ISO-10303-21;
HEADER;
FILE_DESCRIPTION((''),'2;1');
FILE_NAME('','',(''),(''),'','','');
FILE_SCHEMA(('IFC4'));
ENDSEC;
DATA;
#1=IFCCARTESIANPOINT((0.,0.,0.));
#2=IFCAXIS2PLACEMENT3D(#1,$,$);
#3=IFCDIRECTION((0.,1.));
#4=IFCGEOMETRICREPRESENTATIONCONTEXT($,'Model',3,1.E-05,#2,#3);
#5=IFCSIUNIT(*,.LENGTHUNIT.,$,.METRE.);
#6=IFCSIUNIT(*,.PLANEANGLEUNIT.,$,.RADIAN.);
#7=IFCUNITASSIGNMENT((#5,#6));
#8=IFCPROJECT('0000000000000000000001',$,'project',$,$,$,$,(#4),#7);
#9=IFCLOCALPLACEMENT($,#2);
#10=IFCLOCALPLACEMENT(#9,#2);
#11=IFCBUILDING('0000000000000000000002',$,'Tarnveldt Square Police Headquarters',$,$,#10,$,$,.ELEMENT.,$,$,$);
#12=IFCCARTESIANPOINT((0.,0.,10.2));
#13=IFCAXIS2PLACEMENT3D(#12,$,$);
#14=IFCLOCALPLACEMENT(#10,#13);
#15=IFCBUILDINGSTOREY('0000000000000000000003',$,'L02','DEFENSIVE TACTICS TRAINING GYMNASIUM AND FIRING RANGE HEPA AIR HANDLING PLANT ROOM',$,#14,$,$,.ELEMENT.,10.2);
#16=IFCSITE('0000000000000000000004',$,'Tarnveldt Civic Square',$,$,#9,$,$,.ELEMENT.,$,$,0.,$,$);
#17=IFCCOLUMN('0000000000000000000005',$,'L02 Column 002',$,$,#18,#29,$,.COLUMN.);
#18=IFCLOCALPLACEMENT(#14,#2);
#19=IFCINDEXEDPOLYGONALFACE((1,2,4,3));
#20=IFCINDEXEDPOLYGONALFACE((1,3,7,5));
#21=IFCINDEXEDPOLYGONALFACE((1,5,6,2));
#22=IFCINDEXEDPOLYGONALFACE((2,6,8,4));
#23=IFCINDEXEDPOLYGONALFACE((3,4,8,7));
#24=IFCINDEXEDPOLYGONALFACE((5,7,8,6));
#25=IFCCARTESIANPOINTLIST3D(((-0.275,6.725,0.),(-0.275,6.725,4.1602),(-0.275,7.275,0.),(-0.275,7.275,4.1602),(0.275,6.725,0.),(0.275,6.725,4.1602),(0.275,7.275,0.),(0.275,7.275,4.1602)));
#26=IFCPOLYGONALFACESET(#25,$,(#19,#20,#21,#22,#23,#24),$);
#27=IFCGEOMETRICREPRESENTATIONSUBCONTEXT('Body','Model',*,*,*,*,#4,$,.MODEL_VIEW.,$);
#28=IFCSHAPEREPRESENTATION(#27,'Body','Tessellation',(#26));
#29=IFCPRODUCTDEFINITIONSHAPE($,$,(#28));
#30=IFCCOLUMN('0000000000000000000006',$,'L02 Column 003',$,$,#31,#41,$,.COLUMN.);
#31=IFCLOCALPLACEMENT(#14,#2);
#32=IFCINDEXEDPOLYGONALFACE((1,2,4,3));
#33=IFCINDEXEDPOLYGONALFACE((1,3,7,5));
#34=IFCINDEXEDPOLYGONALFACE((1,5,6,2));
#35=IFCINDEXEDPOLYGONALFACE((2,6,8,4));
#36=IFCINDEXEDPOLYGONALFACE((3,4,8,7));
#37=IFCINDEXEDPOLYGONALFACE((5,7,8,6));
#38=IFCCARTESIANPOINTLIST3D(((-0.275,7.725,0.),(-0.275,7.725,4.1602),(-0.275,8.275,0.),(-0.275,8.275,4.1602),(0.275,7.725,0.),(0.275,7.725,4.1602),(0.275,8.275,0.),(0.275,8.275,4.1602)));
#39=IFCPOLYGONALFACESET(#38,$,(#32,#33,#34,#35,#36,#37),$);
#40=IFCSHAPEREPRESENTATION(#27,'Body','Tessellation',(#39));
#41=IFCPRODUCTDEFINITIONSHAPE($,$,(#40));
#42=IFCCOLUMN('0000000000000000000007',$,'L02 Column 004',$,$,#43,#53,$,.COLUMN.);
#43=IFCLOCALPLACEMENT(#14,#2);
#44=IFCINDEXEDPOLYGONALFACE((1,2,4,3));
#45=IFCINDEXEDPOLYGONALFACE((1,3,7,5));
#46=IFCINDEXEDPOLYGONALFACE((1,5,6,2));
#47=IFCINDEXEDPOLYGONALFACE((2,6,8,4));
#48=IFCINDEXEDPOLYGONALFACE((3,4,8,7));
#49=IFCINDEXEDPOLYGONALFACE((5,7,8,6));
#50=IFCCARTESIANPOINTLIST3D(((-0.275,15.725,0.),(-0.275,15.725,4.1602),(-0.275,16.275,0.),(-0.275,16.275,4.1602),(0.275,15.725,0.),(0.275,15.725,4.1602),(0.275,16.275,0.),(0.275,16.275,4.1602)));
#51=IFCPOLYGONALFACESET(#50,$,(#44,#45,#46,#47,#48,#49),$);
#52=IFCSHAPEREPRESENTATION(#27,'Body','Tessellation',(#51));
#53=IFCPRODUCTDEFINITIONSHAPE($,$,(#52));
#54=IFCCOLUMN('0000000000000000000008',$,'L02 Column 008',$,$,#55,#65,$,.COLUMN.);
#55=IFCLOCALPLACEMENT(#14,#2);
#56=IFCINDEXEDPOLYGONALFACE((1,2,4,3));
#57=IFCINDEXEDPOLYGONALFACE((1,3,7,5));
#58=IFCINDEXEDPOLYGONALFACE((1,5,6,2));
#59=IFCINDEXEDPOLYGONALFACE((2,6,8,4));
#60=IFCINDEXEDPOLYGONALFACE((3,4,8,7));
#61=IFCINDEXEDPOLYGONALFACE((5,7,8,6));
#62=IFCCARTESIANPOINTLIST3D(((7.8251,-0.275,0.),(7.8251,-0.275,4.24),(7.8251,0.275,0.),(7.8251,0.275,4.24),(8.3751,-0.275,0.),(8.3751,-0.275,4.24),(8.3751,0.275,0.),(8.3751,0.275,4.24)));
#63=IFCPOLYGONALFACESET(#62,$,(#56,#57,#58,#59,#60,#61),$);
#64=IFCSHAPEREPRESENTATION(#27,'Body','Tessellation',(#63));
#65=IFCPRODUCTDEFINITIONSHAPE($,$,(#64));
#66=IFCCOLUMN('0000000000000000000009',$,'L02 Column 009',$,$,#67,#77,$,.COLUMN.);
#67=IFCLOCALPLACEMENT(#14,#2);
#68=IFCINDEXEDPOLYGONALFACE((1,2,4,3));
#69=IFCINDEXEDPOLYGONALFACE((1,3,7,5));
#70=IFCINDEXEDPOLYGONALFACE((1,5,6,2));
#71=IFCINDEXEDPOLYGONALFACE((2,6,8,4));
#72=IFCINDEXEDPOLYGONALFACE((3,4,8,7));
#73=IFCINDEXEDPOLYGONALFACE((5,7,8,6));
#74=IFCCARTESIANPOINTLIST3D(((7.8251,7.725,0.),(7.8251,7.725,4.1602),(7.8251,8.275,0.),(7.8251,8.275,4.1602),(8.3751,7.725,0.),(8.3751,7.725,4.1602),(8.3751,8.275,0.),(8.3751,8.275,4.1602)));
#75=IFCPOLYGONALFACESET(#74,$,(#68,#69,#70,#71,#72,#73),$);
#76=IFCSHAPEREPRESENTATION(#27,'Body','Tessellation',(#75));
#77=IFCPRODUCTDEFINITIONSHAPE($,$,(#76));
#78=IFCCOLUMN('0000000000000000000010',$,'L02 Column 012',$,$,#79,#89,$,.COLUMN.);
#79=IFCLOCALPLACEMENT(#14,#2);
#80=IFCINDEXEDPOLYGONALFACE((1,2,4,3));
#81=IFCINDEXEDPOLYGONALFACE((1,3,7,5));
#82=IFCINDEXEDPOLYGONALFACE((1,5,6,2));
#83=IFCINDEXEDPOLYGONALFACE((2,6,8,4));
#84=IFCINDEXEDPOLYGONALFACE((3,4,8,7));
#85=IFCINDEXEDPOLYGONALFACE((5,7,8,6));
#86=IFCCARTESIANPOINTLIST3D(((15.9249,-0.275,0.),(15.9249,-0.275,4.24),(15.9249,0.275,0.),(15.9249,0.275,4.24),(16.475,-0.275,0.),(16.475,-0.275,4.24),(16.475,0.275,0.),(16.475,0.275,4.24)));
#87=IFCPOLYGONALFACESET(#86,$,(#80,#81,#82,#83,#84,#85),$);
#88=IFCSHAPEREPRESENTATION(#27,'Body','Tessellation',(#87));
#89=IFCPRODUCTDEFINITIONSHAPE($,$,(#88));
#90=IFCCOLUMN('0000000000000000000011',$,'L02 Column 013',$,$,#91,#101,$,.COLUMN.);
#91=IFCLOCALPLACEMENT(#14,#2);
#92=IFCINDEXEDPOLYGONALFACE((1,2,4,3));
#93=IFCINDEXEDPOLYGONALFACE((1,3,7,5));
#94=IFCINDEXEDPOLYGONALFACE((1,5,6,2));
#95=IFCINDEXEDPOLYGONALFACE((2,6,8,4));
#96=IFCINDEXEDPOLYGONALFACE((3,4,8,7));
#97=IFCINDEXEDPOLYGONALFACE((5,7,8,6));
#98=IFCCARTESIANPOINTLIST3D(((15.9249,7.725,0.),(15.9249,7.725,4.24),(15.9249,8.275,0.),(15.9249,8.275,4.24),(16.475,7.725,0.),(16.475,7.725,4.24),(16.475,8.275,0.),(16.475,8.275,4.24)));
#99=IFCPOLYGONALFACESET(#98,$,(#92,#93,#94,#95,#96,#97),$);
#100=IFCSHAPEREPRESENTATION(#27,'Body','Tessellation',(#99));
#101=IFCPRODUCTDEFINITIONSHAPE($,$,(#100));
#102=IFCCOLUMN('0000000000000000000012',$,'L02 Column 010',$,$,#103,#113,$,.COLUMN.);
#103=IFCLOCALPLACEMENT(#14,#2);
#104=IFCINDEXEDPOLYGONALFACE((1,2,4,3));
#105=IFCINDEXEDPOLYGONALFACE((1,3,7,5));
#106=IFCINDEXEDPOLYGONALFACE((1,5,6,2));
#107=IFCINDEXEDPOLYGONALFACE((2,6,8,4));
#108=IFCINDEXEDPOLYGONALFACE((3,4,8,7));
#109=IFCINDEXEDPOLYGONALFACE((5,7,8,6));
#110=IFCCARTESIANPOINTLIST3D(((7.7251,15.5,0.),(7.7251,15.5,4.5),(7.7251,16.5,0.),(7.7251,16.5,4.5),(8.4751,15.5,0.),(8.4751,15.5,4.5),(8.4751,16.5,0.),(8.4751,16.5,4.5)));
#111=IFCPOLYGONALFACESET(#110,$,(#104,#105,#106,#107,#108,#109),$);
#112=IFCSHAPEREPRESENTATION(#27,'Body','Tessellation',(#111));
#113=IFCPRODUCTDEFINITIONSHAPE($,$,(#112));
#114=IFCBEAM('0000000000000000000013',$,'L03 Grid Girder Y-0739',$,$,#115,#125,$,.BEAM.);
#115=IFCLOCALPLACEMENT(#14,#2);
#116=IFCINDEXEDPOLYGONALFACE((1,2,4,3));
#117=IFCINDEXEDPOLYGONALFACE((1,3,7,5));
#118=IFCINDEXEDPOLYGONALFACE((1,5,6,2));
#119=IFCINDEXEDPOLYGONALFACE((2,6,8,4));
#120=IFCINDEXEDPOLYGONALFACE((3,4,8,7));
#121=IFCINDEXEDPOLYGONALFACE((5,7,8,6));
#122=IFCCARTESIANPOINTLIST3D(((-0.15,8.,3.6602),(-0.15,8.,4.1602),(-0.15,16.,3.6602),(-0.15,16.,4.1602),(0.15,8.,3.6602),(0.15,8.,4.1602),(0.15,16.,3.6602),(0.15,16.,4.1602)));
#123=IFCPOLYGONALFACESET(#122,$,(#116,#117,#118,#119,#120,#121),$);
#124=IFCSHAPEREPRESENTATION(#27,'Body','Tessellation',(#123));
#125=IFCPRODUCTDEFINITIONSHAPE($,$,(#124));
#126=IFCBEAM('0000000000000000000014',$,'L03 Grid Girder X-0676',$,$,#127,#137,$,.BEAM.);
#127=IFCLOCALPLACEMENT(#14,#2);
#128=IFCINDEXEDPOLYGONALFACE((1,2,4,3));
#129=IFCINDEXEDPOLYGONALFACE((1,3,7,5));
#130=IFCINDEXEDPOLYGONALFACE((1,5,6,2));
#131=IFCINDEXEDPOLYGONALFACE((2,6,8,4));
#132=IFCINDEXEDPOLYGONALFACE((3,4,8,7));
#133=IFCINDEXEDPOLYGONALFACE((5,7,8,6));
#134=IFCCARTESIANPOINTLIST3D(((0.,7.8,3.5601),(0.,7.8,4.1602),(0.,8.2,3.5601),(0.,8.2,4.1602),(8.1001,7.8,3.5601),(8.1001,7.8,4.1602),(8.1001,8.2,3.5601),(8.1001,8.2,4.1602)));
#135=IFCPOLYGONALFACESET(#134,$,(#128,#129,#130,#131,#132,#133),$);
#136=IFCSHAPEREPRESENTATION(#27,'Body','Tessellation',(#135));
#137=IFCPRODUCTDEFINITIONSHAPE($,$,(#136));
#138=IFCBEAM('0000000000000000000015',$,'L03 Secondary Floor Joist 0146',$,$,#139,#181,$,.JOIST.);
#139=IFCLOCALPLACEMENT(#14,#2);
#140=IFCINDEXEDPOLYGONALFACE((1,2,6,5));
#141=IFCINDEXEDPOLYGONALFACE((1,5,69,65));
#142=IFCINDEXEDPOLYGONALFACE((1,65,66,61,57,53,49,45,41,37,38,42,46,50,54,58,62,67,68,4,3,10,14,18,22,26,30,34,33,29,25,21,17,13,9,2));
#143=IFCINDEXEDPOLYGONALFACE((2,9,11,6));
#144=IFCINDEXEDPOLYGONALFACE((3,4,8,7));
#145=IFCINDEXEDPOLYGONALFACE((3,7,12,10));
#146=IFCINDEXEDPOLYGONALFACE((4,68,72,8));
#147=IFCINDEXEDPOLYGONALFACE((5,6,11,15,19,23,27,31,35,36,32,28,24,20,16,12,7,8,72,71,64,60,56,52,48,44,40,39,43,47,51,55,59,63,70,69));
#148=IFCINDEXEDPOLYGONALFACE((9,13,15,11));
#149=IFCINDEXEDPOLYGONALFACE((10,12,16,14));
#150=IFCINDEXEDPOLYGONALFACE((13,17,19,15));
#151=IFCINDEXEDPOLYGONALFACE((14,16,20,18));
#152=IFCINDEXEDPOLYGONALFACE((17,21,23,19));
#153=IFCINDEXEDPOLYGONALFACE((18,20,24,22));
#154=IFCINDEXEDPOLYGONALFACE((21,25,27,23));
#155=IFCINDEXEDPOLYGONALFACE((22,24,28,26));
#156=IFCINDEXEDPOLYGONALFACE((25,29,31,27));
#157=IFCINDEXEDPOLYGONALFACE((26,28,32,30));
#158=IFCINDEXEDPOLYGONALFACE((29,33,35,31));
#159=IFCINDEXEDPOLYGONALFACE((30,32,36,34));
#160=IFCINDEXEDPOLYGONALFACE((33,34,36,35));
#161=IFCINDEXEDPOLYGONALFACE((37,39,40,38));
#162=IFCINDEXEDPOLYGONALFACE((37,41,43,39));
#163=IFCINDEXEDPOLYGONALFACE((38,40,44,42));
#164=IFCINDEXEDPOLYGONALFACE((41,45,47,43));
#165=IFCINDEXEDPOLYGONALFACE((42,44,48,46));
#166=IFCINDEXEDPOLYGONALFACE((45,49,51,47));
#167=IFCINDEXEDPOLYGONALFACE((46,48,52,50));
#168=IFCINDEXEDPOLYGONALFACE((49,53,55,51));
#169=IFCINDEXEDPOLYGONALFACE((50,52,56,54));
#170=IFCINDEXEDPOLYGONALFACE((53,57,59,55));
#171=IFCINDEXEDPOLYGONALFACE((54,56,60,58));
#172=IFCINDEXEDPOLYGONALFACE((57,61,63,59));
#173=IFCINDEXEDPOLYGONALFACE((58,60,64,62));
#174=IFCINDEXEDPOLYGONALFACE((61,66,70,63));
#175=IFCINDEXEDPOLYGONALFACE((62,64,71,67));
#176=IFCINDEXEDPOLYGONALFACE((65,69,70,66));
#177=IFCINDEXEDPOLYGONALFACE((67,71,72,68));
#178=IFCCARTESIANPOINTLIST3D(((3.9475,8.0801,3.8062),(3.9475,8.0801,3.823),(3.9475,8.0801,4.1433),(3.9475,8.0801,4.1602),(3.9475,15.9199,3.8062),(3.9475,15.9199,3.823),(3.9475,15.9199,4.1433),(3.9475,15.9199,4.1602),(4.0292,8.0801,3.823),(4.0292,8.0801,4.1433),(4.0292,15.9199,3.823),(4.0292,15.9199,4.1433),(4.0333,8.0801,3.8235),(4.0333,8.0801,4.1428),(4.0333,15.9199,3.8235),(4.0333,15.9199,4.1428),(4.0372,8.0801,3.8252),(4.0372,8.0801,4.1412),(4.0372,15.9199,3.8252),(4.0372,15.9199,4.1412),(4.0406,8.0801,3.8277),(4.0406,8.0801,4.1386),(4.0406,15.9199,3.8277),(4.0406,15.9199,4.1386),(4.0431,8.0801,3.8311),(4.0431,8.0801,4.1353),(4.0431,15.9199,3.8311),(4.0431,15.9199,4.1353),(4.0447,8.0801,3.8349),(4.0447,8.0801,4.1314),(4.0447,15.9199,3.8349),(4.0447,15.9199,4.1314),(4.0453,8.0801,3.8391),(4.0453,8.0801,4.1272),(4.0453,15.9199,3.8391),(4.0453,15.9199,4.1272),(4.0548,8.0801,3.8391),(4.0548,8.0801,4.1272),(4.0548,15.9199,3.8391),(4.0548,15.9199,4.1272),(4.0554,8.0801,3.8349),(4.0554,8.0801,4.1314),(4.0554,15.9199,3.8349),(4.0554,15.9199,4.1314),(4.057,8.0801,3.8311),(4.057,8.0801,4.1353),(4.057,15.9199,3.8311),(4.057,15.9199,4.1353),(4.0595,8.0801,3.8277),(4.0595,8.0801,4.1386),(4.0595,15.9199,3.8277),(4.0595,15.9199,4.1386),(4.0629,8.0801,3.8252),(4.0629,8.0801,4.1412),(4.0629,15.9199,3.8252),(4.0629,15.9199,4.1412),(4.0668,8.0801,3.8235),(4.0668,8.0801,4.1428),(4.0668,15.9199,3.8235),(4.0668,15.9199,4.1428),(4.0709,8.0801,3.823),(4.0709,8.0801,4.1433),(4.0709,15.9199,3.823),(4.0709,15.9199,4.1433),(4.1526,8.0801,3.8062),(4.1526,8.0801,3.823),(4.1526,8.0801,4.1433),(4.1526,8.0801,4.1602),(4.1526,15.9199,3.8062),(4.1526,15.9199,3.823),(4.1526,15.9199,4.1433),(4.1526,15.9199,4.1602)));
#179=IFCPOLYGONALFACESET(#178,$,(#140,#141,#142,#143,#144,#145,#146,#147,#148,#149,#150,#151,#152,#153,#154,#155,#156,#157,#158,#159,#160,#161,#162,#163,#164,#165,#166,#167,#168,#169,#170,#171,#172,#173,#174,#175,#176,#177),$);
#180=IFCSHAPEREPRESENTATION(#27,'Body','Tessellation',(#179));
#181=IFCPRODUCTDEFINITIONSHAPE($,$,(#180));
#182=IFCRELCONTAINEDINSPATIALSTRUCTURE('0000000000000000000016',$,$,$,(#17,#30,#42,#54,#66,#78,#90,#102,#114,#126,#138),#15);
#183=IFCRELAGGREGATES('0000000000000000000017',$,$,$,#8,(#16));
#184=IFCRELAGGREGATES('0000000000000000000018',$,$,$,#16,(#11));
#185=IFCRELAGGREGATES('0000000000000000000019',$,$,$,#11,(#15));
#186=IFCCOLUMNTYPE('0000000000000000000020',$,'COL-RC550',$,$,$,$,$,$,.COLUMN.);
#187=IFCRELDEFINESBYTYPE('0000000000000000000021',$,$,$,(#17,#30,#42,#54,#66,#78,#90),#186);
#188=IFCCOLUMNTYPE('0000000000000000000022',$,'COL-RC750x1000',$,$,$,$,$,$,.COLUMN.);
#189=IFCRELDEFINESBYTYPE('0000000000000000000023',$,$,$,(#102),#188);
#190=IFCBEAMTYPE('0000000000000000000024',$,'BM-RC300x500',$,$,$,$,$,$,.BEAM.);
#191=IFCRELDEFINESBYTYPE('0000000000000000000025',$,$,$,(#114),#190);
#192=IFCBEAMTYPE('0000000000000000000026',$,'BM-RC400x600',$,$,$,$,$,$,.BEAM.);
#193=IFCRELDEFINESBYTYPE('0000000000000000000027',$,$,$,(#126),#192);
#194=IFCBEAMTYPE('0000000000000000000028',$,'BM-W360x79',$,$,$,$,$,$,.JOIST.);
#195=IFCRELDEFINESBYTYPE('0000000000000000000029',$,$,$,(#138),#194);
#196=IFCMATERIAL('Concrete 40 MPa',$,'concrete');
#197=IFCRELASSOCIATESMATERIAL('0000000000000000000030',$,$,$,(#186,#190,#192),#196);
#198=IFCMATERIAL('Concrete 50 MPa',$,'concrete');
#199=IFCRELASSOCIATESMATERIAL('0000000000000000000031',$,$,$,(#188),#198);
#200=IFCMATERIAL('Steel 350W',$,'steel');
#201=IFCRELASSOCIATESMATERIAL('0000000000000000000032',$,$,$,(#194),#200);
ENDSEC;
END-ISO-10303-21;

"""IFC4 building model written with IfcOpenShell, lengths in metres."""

from ifc_helpers import new_model, si_unit, direction, frame, origin, origin_2d, place, context, subcontext, project, spatial, rectangle, i_section, extrude, material, material_profile, profile_set, type_object, element, save


model = new_model("IFC4")

# Units and contexts
model_context = context("Model", 3, precision=1e-05, world=origin(), true_north=direction((0.0, 1.0)))
body_context = subcontext(model_context, "Body", "Model", "MODEL_VIEW")
ifc_project = project(units=[si_unit("LENGTHUNIT", "METRE"), si_unit("PLANEANGLEUNIT", "RADIAN")], contexts=[model_context])

# Site, building, storey
site_placement = place(None, origin())
site = spatial("IfcSite", under=ifc_project, at=site_placement, Name="Tarnveldt Civic Square", CompositionType="ELEMENT", RefElevation=0.0)
building_placement = place(site_placement, origin())
building = spatial("IfcBuilding", under=site, at=building_placement, Name="Tarnveldt Square Police Headquarters", CompositionType="ELEMENT")
storey_placement = place(building_placement, frame((0.0, 0.0, 10.2)))
storey = spatial("IfcBuildingStorey", under=building, at=storey_placement, Name="L02", Description="DEFENSIVE TACTICS TRAINING GYMNASIUM AND FIRING RANGE HEPA AIR HANDLING PLANT ROOM", CompositionType="ELEMENT", Elevation=10.2)

# Columns
ifc_material_1 = material(Name="Concrete 40 MPa", Category="concrete")
ifc_material_profile_1 = material_profile(ifc_material_1, rectangle(XDim=0.55, YDim=0.55, at=origin_2d()), Name="RC-C550x550")
ifc_profile_set_1 = profile_set([ifc_material_profile_1], Name="Concrete 40 MPa")
column_type_1 = type_object("IfcColumnType", Name="COL-RC550", PredefinedType="COLUMN", material=ifc_profile_set_1)
for number, where, z_axis, x_axis, name in (
    (1, (0.0, 7.0, 0.0), (0.0, 0.0, 1.0), (1.0, 0.0, 0.0), "L02 Column 002"),
    (2, (0.0, 8.0, 0.0), (0.0, 0.0, 1.0), (1.0, 0.0, 0.0), "L02 Column 003"),
    (3, (0.0, 16.0, 0.0), (0.0, 0.0, 1.0), (1.0, 0.0, 0.0), "L02 Column 004"),
):
    element("IfcColumn", number, at=place(storey_placement, frame(where, z_axis=z_axis, x_axis=x_axis)), inside=storey, type_object=column_type_1, Name=name, PredefinedType="COLUMN", context=body_context, shape_type="SweptSolid", body=[
        extrude(rectangle(XDim=0.55, YDim=0.55, at=origin_2d()), origin(), (0.0, 0.0, 1.0), 4.1602),
    ])
column_1_placement = place(storey_placement, frame((8.1001, 0.0, 0.0), z_axis=(0.0, 0.0, 1.0), x_axis=(1.0, 0.0, 0.0)))
element("IfcColumn", 4, at=column_1_placement, inside=storey, type_object=column_type_1, Name="L02 Column 008", PredefinedType="COLUMN", context=body_context, shape_type="SweptSolid", body=[
    extrude(rectangle(XDim=0.55, YDim=0.55, at=origin_2d()), origin(), (0.0, 0.0, 1.0), 4.24),
])
column_2_placement = place(storey_placement, frame((8.1001, 8.0, 0.0), z_axis=(0.0, 0.0, 1.0), x_axis=(1.0, 0.0, 0.0)))
element("IfcColumn", 5, at=column_2_placement, inside=storey, type_object=column_type_1, Name="L02 Column 009", PredefinedType="COLUMN", context=body_context, shape_type="SweptSolid", body=[
    extrude(rectangle(XDim=0.55, YDim=0.55, at=origin_2d()), origin(), (0.0, 0.0, 1.0), 4.1602),
])
for number, where, z_axis, x_axis, name in (
    (6, (16.2, 0.0, 0.0), (0.0, 0.0, 1.0), (1.0, 0.0, 0.0), "L02 Column 012"),
    (7, (16.2, 8.0, 0.0), (0.0, 0.0, 1.0), (1.0, 0.0, 0.0), "L02 Column 013"),
):
    element("IfcColumn", number, at=place(storey_placement, frame(where, z_axis=z_axis, x_axis=x_axis)), inside=storey, type_object=column_type_1, Name=name, PredefinedType="COLUMN", context=body_context, shape_type="SweptSolid", body=[
        extrude(rectangle(XDim=0.55, YDim=0.55, at=origin_2d()), origin(), (0.0, 0.0, 1.0), 4.24),
    ])
ifc_material_2 = material(Name="Concrete 50 MPa", Category="concrete")
ifc_material_profile_2 = material_profile(ifc_material_2, rectangle(XDim=0.75, YDim=1.0, at=origin_2d()), Name="RC-C750x1000")
ifc_profile_set_2 = profile_set([ifc_material_profile_2], Name="Concrete 50 MPa")
column_type_2 = type_object("IfcColumnType", Name="COL-RC750x1000", PredefinedType="COLUMN", material=ifc_profile_set_2)
column_3_placement = place(storey_placement, frame((8.1001, 16.0, 0.0), z_axis=(0.0, 0.0, 1.0), x_axis=(1.0, 0.0, 0.0)))
element("IfcColumn", 8, at=column_3_placement, inside=storey, type_object=column_type_2, Name="L02 Column 010", PredefinedType="COLUMN", context=body_context, shape_type="SweptSolid", body=[
    extrude(rectangle(XDim=0.75, YDim=1.0, at=origin_2d()), origin(), (0.0, 0.0, 1.0), 4.5),
])

# Beams
ifc_material_profile_3 = material_profile(ifc_material_1, rectangle(XDim=0.3, YDim=0.5, at=origin_2d()), Name="RC-B300x500")
ifc_profile_set_3 = profile_set([ifc_material_profile_3], Name="Concrete 40 MPa")
beam_type_1 = type_object("IfcBeamType", Name="BM-RC300x500", PredefinedType="BEAM", material=ifc_profile_set_3)
beam_1_placement = place(storey_placement, frame((0.0, 8.0, 3.9102), z_axis=(0.0, 1.0, 0.0), x_axis=(-1.0, 0.0, 0.0)))
element("IfcBeam", 9, at=beam_1_placement, inside=storey, type_object=beam_type_1, Name="L03 Grid Girder Y-0739", PredefinedType="BEAM", context=body_context, shape_type="SweptSolid", body=[
    extrude(rectangle(XDim=0.3, YDim=0.5, at=origin_2d()), origin(), (0.0, 0.0, 1.0), 8.0),
])
ifc_material_profile_4 = material_profile(ifc_material_1, rectangle(XDim=0.3999, YDim=0.6001, at=origin_2d()), Name="RC-B400x600")
ifc_profile_set_4 = profile_set([ifc_material_profile_4], Name="Concrete 40 MPa")
beam_type_2 = type_object("IfcBeamType", Name="BM-RC400x600", PredefinedType="BEAM", material=ifc_profile_set_4)
beam_2_placement = place(storey_placement, frame((0.0, 8.0, 3.8601), z_axis=(1.0, 0.0, 0.0), x_axis=(0.0, 1.0, 0.0)))
element("IfcBeam", 10, at=beam_2_placement, inside=storey, type_object=beam_type_2, Name="L03 Grid Girder X-0676", PredefinedType="BEAM", context=body_context, shape_type="SweptSolid", body=[
    extrude(rectangle(XDim=0.3999, YDim=0.6001, at=origin_2d()), origin(), (0.0, 0.0, 1.0), 8.1001),
])
ifc_material_3 = material(Name="Steel 350W", Category="steel")
ifc_material_profile_5 = material_profile(ifc_material_3, i_section(OverallWidth=0.2051, OverallDepth=0.354, WebThickness=0.0095, FlangeThickness=0.0168, FilletRadius=0.0161, at=origin_2d()), Name="W360x79")
ifc_profile_set_5 = profile_set([ifc_material_profile_5], Name="Steel 350W")
beam_type_3 = type_object("IfcBeamType", Name="BM-W360x79", PredefinedType="JOIST", material=ifc_profile_set_5)
beam_3_placement = place(storey_placement, frame((4.05, 8.0801, 3.9832), z_axis=(0.0, 1.0, 0.0), x_axis=(-1.0, 0.0, 0.0)))
element("IfcBeam", 11, at=beam_3_placement, inside=storey, type_object=beam_type_3, Name="L03 Secondary Floor Joist 0146", PredefinedType="JOIST", context=body_context, shape_type="SweptSolid", body=[
    extrude(i_section(OverallWidth=0.2051, OverallDepth=0.354, WebThickness=0.0095, FlangeThickness=0.0168, FilletRadius=0.0161, at=origin_2d()), origin(), (0.0, 0.0, 1.0), 7.8398),
])

save(model, "model.ifc")
